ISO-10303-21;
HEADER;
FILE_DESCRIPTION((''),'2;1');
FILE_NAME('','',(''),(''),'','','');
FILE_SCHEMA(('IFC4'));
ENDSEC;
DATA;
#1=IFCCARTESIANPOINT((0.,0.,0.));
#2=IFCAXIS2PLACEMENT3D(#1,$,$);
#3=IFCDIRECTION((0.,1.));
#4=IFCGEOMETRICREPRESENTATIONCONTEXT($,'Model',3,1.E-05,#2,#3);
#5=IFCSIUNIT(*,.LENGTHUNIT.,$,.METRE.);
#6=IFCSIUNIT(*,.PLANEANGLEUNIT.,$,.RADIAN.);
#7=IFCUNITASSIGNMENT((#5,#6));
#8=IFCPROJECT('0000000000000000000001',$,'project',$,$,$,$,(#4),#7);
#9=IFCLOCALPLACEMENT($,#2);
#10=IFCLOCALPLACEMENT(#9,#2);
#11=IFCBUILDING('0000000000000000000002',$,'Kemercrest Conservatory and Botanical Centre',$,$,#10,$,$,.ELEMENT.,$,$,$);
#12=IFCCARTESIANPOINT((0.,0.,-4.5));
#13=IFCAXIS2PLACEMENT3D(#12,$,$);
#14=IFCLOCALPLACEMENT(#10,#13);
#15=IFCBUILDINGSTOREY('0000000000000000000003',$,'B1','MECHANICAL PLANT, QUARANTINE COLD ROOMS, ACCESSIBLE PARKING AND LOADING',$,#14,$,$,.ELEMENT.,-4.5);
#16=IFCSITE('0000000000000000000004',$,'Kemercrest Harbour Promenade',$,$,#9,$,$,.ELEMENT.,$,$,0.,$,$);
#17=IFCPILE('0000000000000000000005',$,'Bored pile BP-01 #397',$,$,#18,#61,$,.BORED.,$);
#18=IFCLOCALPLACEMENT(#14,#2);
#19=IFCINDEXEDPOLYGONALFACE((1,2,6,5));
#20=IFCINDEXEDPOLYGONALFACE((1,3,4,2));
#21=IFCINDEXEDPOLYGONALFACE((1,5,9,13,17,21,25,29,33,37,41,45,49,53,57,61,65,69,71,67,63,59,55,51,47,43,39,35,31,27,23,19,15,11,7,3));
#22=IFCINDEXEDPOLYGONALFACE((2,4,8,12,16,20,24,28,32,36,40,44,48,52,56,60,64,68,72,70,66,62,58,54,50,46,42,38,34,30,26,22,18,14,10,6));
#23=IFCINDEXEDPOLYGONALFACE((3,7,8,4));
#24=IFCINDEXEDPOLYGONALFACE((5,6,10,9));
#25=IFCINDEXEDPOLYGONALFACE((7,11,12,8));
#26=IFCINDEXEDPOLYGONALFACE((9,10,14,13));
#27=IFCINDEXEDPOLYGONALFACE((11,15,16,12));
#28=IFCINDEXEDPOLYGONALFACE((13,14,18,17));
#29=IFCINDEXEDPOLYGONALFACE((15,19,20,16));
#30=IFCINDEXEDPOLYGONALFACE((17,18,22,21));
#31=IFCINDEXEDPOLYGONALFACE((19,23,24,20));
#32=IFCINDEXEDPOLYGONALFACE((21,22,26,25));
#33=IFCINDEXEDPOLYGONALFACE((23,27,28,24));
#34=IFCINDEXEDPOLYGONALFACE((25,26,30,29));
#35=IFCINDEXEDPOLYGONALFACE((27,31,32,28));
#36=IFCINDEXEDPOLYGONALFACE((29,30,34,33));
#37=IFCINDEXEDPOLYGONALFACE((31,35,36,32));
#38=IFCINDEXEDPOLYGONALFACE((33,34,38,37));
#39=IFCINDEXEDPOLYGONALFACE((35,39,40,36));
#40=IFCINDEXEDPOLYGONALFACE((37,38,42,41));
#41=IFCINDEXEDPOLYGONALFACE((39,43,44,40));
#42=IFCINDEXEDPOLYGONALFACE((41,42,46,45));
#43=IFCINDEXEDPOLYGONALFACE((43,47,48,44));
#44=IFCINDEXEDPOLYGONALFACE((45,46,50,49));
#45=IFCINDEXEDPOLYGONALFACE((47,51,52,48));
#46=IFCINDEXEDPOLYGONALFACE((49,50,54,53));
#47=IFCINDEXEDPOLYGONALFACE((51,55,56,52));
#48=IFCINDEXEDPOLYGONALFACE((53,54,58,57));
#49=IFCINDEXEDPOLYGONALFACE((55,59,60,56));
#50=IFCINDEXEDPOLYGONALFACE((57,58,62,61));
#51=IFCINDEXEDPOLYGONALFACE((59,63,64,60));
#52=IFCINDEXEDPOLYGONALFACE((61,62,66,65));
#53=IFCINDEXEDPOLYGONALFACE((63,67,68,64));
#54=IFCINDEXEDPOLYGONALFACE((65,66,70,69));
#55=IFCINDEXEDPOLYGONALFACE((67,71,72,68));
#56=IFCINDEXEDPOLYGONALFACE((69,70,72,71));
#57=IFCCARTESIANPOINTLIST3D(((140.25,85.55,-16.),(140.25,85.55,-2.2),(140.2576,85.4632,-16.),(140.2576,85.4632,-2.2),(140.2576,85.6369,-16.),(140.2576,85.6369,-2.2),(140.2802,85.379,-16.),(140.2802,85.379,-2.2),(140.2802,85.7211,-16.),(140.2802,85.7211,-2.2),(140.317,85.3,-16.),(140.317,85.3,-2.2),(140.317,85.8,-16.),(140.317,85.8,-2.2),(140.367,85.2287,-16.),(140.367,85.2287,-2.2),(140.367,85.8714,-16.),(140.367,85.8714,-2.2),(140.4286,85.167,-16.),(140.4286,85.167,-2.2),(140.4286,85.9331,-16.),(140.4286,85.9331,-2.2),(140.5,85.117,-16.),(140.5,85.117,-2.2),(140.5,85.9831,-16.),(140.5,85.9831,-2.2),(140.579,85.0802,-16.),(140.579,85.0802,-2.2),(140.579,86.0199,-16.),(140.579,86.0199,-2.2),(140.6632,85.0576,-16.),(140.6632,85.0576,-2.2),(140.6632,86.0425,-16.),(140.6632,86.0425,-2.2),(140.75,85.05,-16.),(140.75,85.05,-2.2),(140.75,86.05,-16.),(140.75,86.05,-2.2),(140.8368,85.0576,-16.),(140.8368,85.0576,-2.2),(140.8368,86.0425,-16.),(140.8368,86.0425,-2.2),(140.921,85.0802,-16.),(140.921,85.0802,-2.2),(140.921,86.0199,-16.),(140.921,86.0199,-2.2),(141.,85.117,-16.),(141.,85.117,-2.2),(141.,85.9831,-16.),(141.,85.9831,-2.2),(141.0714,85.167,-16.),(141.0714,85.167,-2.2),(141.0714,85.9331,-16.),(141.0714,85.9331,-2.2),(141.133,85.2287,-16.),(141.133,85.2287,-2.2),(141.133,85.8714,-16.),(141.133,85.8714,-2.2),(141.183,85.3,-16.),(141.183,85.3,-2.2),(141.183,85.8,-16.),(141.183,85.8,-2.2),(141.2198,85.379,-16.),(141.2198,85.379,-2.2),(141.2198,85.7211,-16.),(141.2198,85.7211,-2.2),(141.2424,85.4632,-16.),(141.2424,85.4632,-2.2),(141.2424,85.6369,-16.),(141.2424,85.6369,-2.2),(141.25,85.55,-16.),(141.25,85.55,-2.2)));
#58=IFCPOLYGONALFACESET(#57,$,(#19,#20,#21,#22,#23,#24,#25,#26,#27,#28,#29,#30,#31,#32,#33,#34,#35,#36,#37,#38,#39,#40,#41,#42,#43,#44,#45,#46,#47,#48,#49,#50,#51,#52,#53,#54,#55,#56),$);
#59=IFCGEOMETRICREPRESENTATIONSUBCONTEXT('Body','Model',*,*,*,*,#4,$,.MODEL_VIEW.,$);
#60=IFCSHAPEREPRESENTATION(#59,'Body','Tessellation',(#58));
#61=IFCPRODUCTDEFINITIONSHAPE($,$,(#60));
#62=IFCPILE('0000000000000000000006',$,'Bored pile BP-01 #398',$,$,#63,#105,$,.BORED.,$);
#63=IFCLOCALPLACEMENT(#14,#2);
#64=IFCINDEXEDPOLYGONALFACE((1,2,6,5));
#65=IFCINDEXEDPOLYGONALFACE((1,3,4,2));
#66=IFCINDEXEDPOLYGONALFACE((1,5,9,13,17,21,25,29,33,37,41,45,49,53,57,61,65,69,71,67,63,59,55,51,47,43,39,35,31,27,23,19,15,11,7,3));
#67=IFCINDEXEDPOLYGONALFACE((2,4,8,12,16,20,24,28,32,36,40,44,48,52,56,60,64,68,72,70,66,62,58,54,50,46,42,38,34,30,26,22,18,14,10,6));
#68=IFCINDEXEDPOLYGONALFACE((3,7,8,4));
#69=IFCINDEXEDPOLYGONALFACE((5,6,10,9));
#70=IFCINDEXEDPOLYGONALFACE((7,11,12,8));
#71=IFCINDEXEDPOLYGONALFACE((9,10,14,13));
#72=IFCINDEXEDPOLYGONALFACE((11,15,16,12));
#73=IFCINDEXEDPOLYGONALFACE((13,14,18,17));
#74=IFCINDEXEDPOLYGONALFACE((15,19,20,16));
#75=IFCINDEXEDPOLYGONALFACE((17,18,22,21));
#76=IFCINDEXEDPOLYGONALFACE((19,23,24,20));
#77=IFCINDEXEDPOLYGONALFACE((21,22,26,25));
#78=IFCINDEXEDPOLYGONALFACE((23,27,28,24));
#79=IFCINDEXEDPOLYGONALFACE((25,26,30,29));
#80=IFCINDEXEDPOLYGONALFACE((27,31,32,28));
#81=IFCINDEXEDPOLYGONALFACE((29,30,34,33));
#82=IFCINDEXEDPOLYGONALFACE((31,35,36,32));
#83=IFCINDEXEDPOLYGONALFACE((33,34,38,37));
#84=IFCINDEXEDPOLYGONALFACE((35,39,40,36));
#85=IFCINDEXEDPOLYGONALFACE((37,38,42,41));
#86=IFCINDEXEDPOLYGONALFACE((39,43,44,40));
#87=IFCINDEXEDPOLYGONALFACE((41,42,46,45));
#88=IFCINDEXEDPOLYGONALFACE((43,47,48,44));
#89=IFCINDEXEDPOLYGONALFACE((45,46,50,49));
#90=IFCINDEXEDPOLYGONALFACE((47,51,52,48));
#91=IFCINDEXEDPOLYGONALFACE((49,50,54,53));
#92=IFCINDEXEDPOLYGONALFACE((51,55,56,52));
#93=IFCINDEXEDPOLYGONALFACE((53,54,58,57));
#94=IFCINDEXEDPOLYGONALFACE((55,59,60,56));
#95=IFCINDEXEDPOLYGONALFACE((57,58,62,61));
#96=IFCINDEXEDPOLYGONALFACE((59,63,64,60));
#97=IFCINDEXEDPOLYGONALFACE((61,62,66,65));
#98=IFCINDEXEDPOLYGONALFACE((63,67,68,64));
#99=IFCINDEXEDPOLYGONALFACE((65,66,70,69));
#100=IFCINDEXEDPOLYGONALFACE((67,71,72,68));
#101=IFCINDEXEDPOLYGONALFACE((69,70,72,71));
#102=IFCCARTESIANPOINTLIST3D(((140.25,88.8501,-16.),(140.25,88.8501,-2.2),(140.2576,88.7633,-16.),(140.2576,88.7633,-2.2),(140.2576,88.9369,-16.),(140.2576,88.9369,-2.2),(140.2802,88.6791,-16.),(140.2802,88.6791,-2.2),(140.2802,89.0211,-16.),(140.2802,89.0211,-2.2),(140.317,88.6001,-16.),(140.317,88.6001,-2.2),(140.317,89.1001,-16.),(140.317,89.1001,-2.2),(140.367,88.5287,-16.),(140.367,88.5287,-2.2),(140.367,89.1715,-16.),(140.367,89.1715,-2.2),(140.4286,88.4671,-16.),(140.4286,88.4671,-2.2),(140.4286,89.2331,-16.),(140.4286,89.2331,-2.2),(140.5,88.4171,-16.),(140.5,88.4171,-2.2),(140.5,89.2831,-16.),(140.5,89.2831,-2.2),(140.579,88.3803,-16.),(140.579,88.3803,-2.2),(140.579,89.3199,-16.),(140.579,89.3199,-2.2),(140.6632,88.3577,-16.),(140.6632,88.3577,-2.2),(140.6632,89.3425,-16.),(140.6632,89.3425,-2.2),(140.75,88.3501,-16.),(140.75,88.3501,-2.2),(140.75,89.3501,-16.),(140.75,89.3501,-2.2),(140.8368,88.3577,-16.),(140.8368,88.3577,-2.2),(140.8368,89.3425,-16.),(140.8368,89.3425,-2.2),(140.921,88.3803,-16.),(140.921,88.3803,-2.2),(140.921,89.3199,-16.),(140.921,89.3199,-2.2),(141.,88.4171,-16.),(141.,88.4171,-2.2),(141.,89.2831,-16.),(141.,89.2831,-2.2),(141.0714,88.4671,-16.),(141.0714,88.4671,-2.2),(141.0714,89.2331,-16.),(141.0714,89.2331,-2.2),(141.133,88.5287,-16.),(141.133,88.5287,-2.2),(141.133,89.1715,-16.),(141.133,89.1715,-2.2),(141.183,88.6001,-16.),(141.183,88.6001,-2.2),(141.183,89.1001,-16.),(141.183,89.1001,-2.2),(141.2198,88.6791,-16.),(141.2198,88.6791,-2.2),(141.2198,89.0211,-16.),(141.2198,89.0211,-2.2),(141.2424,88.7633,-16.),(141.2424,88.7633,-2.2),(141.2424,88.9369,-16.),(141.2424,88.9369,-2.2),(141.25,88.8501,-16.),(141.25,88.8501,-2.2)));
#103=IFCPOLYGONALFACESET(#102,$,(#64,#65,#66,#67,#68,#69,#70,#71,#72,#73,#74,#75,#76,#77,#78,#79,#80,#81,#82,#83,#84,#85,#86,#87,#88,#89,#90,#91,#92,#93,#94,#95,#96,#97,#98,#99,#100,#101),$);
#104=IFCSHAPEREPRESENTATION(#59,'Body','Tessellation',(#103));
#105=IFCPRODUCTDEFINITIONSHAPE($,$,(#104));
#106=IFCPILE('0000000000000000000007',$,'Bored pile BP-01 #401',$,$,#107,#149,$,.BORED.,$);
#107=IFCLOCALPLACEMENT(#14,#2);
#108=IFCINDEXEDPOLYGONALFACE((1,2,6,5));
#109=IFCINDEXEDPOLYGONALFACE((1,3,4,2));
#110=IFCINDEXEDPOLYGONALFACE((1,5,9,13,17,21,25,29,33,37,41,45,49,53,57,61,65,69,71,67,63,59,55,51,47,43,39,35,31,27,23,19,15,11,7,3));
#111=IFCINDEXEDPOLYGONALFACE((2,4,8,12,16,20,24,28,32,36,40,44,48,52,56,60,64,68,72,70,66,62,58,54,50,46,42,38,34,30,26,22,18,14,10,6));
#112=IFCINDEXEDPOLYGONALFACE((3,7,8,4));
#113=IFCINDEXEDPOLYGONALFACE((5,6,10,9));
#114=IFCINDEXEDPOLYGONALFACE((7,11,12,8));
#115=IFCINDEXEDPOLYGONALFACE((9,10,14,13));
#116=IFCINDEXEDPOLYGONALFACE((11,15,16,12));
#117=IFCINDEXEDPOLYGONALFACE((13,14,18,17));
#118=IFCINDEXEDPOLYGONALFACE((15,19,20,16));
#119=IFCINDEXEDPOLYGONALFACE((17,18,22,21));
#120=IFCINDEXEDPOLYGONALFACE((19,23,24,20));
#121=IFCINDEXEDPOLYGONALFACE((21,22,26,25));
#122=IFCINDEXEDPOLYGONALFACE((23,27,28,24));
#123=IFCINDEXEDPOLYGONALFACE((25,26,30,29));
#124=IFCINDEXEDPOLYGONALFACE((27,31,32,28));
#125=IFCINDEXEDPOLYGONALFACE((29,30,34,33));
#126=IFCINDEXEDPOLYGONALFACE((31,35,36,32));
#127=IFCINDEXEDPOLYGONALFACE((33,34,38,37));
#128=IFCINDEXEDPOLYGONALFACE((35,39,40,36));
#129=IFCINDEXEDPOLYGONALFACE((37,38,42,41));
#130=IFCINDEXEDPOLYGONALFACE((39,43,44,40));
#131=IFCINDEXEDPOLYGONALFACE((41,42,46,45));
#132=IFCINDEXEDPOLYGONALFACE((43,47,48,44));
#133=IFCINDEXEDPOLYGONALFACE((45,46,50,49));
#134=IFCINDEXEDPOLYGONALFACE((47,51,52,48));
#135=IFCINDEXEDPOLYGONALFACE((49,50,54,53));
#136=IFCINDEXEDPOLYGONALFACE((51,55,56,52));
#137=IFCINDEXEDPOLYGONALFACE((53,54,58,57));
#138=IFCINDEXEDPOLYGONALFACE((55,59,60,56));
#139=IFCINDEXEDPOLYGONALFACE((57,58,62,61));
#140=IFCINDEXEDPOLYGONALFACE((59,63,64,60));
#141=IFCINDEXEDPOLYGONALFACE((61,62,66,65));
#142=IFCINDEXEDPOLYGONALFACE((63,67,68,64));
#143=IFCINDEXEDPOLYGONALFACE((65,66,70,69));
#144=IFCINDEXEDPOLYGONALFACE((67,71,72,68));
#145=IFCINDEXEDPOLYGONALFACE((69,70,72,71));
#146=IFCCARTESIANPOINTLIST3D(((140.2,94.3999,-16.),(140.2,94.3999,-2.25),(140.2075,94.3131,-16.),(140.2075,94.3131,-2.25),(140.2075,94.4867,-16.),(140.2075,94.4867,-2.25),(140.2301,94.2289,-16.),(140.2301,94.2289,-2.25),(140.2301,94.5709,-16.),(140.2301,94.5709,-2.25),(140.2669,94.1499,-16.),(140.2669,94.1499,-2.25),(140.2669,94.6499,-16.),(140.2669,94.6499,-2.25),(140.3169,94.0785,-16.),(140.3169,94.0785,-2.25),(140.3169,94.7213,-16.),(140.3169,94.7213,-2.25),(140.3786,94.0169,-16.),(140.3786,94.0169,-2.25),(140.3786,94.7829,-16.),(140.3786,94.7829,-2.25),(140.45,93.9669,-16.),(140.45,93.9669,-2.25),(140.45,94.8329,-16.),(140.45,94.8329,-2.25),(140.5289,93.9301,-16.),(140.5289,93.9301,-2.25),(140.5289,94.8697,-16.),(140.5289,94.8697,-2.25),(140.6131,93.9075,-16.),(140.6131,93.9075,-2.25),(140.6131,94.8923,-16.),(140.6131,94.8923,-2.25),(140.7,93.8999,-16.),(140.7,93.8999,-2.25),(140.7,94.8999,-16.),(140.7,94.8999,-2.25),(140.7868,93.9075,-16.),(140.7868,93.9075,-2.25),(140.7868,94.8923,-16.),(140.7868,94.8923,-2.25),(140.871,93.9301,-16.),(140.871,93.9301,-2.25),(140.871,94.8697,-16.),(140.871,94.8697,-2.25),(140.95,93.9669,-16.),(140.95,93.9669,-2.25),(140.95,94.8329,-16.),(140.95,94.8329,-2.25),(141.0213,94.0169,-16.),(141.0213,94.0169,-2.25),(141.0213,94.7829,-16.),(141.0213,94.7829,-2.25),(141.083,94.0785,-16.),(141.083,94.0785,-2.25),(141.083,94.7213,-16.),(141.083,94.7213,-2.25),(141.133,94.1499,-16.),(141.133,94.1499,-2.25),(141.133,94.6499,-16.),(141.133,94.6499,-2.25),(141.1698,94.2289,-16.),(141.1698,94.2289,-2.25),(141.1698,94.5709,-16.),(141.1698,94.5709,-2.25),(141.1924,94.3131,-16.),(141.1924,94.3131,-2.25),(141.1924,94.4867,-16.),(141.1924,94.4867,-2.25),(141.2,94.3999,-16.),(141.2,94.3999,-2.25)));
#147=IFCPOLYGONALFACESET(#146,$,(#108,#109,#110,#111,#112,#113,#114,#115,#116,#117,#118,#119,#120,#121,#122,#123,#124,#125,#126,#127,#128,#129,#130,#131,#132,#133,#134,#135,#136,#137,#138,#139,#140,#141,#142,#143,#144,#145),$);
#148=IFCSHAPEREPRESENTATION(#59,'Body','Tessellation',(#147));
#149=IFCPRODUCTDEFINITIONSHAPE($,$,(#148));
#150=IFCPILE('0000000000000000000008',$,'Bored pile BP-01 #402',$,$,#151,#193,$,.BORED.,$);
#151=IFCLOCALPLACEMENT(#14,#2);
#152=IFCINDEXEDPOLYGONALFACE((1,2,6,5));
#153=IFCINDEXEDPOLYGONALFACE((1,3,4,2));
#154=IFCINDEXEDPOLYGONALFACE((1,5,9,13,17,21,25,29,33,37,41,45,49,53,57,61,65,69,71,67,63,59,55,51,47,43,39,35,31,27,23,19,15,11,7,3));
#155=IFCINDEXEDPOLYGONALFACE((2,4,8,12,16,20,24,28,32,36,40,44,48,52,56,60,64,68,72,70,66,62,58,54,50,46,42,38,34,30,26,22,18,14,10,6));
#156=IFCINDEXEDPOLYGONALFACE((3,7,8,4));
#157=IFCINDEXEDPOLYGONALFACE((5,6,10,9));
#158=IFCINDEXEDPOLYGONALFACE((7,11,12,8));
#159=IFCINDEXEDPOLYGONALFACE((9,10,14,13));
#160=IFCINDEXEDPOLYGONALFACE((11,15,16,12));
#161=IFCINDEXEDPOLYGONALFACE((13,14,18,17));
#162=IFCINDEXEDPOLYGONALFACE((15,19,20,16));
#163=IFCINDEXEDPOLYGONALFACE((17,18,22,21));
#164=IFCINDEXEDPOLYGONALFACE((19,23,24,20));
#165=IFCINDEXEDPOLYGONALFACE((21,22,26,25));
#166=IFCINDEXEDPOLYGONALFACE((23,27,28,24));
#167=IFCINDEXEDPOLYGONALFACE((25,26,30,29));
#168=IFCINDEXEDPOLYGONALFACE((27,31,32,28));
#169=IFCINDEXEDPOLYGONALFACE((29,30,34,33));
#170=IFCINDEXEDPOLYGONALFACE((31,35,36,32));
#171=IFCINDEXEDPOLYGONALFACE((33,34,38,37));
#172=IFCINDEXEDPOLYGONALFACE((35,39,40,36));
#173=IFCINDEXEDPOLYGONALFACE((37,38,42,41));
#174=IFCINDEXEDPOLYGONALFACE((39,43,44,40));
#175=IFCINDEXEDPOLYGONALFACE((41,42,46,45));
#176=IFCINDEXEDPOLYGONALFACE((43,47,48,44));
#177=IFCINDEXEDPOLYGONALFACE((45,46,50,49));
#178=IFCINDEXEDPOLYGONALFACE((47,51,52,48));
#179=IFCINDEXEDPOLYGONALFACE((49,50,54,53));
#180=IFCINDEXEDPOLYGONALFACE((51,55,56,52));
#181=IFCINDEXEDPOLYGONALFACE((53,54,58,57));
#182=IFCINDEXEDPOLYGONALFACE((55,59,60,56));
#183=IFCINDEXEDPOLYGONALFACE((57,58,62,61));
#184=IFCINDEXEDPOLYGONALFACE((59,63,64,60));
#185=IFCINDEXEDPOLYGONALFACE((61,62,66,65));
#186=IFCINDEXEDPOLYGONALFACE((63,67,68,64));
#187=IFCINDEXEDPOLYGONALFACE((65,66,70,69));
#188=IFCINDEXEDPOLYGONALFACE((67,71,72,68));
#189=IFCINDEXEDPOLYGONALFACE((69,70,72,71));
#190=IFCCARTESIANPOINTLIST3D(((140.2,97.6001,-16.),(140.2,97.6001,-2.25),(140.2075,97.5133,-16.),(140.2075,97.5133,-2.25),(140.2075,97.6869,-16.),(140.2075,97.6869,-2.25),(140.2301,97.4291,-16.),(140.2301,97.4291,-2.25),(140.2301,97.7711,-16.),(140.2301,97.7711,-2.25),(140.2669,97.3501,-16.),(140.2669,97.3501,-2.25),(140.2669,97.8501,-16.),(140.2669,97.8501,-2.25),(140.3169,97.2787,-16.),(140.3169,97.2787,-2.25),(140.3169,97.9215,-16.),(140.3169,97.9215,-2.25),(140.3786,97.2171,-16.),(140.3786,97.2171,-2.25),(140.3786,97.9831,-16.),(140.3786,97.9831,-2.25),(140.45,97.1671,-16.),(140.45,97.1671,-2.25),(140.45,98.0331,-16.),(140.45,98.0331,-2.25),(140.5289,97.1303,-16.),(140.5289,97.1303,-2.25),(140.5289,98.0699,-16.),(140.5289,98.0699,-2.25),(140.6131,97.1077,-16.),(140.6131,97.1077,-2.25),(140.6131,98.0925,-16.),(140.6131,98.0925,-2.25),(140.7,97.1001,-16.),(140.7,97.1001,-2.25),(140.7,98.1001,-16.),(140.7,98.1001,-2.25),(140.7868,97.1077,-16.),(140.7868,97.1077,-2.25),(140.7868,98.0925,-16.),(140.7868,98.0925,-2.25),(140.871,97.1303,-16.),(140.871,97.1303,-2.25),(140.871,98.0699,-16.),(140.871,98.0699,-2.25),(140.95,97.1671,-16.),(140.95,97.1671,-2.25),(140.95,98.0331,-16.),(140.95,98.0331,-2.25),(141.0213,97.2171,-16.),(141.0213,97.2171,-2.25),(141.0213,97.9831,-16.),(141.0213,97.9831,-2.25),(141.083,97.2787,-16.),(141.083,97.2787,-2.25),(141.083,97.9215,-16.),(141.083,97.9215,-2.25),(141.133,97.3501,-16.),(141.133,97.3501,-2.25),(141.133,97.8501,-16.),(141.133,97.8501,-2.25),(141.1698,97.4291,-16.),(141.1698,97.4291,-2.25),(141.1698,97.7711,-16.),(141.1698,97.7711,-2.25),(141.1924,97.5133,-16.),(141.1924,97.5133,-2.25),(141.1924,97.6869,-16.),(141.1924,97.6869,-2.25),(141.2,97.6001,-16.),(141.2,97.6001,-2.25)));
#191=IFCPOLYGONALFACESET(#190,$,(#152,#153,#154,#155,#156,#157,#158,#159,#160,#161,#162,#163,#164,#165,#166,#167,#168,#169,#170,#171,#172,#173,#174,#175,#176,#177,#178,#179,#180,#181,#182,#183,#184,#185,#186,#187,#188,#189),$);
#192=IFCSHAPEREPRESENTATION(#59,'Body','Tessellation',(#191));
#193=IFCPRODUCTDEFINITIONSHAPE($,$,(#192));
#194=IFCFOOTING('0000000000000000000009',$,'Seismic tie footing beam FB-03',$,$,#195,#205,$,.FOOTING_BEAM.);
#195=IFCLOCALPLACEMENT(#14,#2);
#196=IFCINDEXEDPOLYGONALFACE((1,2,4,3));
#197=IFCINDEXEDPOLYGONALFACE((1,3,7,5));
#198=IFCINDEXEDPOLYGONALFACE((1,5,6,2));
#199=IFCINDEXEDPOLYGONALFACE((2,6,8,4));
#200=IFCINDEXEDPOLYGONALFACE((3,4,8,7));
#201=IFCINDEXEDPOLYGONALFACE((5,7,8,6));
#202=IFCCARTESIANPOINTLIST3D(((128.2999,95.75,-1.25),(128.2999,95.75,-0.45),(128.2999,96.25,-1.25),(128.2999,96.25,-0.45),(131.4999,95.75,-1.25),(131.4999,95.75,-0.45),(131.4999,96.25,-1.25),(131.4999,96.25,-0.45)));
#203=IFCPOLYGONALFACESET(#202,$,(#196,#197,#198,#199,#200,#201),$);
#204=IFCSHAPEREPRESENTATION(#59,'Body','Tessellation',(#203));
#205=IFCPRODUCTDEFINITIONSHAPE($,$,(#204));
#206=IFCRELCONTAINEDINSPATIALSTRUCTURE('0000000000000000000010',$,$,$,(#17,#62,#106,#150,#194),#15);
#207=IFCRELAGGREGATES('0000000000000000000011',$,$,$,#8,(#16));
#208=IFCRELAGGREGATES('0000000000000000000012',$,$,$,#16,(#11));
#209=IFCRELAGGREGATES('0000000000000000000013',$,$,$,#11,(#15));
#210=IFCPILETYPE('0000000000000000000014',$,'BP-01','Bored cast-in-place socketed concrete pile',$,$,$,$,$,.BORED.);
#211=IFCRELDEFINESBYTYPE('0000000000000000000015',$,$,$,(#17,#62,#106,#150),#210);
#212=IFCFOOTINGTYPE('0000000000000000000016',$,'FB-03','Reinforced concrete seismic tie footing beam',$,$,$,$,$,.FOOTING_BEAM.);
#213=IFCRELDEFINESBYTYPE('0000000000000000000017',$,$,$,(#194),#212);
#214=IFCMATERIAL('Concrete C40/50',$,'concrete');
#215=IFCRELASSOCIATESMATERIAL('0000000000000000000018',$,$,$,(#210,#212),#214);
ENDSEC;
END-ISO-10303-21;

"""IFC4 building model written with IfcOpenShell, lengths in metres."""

from ifc_helpers import new_model, si_unit, direction, frame, origin, origin_2d, place, context, subcontext, project, spatial, rectangle, circle, extrude, material, material_profile, profile_set, type_object, element, save


model = new_model("IFC4")

# Units and contexts
model_context = context("Model", 3, precision=1e-05, world=origin(), true_north=direction((0.0, 1.0)))
body_context = subcontext(model_context, "Body", "Model", "MODEL_VIEW")
ifc_project = project(units=[si_unit("LENGTHUNIT", "METRE"), si_unit("PLANEANGLEUNIT", "RADIAN")], contexts=[model_context])

# Site, building, storey
site_placement = place(None, origin())
site = spatial("IfcSite", under=ifc_project, at=site_placement, Name="Kemercrest Harbour Promenade", CompositionType="ELEMENT", RefElevation=0.0)
building_placement = place(site_placement, origin())
building = spatial("IfcBuilding", under=site, at=building_placement, Name="Kemercrest Conservatory and Botanical Centre", CompositionType="ELEMENT")
storey_placement = place(building_placement, frame((0.0, 0.0, -4.5)))
storey = spatial("IfcBuildingStorey", under=building, at=storey_placement, Name="B1", Description="MECHANICAL PLANT, QUARANTINE COLD ROOMS, ACCESSIBLE PARKING AND LOADING", CompositionType="ELEMENT", Elevation=-4.5)

# Piles
ifc_material_1 = material(Name="Concrete C40/50", Category="concrete")
ifc_material_profile_1 = material_profile(ifc_material_1, circle(Radius=0.5, at=origin_2d()), Name="BORED PILE 1000")
ifc_profile_set_1 = profile_set([ifc_material_profile_1], Name="Concrete C40/50")
pile_type = type_object("IfcPileType", Name="BP-01", Description="Bored cast-in-place socketed concrete pile", PredefinedType="BORED", material=ifc_profile_set_1)
for number, where, z_axis, x_axis, name in (
    (1, (140.75, 85.55, -2.2), (0.0, 0.0, -1.0), (1.0, 0.0, 0.0), "Bored pile BP-01 #397"),
    (2, (140.75, 88.8501, -2.2), (0.0, 0.0, -1.0), (1.0, 0.0, 0.0), "Bored pile BP-01 #398"),
):
    element("IfcPile", number, at=place(storey_placement, frame(where, z_axis=z_axis, x_axis=x_axis)), inside=storey, type_object=pile_type, Name=name, PredefinedType="BORED", context=body_context, shape_type="SweptSolid", body=[
        extrude(circle(Radius=0.5, at=origin_2d()), origin(), (0.0, 0.0, 1.0), 13.8),
    ])
for number, where, z_axis, x_axis, name in (
    (3, (140.7, 94.3999, -2.25), (0.0, 0.0, -1.0), (1.0, 0.0, 0.0), "Bored pile BP-01 #401"),
    (4, (140.7, 97.6001, -2.25), (0.0, 0.0, -1.0), (1.0, 0.0, 0.0), "Bored pile BP-01 #402"),
):
    element("IfcPile", number, at=place(storey_placement, frame(where, z_axis=z_axis, x_axis=x_axis)), inside=storey, type_object=pile_type, Name=name, PredefinedType="BORED", context=body_context, shape_type="SweptSolid", body=[
        extrude(circle(Radius=0.5, at=origin_2d()), origin(), (0.0, 0.0, 1.0), 13.75),
    ])

# Footing
footing_type_1 = type_object("IfcFootingType", Name="FB-03", Description="Reinforced concrete seismic tie footing beam", PredefinedType="FOOTING_BEAM", material=ifc_material_1)
footing_1_placement = place(storey_placement, frame((129.8999, 96.0, -1.25), z_axis=(0.0, 0.0, 1.0), x_axis=(1.0, 0.0, 0.0)))
element("IfcFooting", 5, at=footing_1_placement, inside=storey, type_object=footing_type_1, Name="Seismic tie footing beam FB-03", PredefinedType="FOOTING_BEAM", context=body_context, shape_type="SweptSolid", body=[
    extrude(rectangle(XDim=3.2, YDim=0.5, at=origin_2d()), origin(), (0.0, 0.0, 1.0), 0.8),
])

save(model, "model.ifc")
